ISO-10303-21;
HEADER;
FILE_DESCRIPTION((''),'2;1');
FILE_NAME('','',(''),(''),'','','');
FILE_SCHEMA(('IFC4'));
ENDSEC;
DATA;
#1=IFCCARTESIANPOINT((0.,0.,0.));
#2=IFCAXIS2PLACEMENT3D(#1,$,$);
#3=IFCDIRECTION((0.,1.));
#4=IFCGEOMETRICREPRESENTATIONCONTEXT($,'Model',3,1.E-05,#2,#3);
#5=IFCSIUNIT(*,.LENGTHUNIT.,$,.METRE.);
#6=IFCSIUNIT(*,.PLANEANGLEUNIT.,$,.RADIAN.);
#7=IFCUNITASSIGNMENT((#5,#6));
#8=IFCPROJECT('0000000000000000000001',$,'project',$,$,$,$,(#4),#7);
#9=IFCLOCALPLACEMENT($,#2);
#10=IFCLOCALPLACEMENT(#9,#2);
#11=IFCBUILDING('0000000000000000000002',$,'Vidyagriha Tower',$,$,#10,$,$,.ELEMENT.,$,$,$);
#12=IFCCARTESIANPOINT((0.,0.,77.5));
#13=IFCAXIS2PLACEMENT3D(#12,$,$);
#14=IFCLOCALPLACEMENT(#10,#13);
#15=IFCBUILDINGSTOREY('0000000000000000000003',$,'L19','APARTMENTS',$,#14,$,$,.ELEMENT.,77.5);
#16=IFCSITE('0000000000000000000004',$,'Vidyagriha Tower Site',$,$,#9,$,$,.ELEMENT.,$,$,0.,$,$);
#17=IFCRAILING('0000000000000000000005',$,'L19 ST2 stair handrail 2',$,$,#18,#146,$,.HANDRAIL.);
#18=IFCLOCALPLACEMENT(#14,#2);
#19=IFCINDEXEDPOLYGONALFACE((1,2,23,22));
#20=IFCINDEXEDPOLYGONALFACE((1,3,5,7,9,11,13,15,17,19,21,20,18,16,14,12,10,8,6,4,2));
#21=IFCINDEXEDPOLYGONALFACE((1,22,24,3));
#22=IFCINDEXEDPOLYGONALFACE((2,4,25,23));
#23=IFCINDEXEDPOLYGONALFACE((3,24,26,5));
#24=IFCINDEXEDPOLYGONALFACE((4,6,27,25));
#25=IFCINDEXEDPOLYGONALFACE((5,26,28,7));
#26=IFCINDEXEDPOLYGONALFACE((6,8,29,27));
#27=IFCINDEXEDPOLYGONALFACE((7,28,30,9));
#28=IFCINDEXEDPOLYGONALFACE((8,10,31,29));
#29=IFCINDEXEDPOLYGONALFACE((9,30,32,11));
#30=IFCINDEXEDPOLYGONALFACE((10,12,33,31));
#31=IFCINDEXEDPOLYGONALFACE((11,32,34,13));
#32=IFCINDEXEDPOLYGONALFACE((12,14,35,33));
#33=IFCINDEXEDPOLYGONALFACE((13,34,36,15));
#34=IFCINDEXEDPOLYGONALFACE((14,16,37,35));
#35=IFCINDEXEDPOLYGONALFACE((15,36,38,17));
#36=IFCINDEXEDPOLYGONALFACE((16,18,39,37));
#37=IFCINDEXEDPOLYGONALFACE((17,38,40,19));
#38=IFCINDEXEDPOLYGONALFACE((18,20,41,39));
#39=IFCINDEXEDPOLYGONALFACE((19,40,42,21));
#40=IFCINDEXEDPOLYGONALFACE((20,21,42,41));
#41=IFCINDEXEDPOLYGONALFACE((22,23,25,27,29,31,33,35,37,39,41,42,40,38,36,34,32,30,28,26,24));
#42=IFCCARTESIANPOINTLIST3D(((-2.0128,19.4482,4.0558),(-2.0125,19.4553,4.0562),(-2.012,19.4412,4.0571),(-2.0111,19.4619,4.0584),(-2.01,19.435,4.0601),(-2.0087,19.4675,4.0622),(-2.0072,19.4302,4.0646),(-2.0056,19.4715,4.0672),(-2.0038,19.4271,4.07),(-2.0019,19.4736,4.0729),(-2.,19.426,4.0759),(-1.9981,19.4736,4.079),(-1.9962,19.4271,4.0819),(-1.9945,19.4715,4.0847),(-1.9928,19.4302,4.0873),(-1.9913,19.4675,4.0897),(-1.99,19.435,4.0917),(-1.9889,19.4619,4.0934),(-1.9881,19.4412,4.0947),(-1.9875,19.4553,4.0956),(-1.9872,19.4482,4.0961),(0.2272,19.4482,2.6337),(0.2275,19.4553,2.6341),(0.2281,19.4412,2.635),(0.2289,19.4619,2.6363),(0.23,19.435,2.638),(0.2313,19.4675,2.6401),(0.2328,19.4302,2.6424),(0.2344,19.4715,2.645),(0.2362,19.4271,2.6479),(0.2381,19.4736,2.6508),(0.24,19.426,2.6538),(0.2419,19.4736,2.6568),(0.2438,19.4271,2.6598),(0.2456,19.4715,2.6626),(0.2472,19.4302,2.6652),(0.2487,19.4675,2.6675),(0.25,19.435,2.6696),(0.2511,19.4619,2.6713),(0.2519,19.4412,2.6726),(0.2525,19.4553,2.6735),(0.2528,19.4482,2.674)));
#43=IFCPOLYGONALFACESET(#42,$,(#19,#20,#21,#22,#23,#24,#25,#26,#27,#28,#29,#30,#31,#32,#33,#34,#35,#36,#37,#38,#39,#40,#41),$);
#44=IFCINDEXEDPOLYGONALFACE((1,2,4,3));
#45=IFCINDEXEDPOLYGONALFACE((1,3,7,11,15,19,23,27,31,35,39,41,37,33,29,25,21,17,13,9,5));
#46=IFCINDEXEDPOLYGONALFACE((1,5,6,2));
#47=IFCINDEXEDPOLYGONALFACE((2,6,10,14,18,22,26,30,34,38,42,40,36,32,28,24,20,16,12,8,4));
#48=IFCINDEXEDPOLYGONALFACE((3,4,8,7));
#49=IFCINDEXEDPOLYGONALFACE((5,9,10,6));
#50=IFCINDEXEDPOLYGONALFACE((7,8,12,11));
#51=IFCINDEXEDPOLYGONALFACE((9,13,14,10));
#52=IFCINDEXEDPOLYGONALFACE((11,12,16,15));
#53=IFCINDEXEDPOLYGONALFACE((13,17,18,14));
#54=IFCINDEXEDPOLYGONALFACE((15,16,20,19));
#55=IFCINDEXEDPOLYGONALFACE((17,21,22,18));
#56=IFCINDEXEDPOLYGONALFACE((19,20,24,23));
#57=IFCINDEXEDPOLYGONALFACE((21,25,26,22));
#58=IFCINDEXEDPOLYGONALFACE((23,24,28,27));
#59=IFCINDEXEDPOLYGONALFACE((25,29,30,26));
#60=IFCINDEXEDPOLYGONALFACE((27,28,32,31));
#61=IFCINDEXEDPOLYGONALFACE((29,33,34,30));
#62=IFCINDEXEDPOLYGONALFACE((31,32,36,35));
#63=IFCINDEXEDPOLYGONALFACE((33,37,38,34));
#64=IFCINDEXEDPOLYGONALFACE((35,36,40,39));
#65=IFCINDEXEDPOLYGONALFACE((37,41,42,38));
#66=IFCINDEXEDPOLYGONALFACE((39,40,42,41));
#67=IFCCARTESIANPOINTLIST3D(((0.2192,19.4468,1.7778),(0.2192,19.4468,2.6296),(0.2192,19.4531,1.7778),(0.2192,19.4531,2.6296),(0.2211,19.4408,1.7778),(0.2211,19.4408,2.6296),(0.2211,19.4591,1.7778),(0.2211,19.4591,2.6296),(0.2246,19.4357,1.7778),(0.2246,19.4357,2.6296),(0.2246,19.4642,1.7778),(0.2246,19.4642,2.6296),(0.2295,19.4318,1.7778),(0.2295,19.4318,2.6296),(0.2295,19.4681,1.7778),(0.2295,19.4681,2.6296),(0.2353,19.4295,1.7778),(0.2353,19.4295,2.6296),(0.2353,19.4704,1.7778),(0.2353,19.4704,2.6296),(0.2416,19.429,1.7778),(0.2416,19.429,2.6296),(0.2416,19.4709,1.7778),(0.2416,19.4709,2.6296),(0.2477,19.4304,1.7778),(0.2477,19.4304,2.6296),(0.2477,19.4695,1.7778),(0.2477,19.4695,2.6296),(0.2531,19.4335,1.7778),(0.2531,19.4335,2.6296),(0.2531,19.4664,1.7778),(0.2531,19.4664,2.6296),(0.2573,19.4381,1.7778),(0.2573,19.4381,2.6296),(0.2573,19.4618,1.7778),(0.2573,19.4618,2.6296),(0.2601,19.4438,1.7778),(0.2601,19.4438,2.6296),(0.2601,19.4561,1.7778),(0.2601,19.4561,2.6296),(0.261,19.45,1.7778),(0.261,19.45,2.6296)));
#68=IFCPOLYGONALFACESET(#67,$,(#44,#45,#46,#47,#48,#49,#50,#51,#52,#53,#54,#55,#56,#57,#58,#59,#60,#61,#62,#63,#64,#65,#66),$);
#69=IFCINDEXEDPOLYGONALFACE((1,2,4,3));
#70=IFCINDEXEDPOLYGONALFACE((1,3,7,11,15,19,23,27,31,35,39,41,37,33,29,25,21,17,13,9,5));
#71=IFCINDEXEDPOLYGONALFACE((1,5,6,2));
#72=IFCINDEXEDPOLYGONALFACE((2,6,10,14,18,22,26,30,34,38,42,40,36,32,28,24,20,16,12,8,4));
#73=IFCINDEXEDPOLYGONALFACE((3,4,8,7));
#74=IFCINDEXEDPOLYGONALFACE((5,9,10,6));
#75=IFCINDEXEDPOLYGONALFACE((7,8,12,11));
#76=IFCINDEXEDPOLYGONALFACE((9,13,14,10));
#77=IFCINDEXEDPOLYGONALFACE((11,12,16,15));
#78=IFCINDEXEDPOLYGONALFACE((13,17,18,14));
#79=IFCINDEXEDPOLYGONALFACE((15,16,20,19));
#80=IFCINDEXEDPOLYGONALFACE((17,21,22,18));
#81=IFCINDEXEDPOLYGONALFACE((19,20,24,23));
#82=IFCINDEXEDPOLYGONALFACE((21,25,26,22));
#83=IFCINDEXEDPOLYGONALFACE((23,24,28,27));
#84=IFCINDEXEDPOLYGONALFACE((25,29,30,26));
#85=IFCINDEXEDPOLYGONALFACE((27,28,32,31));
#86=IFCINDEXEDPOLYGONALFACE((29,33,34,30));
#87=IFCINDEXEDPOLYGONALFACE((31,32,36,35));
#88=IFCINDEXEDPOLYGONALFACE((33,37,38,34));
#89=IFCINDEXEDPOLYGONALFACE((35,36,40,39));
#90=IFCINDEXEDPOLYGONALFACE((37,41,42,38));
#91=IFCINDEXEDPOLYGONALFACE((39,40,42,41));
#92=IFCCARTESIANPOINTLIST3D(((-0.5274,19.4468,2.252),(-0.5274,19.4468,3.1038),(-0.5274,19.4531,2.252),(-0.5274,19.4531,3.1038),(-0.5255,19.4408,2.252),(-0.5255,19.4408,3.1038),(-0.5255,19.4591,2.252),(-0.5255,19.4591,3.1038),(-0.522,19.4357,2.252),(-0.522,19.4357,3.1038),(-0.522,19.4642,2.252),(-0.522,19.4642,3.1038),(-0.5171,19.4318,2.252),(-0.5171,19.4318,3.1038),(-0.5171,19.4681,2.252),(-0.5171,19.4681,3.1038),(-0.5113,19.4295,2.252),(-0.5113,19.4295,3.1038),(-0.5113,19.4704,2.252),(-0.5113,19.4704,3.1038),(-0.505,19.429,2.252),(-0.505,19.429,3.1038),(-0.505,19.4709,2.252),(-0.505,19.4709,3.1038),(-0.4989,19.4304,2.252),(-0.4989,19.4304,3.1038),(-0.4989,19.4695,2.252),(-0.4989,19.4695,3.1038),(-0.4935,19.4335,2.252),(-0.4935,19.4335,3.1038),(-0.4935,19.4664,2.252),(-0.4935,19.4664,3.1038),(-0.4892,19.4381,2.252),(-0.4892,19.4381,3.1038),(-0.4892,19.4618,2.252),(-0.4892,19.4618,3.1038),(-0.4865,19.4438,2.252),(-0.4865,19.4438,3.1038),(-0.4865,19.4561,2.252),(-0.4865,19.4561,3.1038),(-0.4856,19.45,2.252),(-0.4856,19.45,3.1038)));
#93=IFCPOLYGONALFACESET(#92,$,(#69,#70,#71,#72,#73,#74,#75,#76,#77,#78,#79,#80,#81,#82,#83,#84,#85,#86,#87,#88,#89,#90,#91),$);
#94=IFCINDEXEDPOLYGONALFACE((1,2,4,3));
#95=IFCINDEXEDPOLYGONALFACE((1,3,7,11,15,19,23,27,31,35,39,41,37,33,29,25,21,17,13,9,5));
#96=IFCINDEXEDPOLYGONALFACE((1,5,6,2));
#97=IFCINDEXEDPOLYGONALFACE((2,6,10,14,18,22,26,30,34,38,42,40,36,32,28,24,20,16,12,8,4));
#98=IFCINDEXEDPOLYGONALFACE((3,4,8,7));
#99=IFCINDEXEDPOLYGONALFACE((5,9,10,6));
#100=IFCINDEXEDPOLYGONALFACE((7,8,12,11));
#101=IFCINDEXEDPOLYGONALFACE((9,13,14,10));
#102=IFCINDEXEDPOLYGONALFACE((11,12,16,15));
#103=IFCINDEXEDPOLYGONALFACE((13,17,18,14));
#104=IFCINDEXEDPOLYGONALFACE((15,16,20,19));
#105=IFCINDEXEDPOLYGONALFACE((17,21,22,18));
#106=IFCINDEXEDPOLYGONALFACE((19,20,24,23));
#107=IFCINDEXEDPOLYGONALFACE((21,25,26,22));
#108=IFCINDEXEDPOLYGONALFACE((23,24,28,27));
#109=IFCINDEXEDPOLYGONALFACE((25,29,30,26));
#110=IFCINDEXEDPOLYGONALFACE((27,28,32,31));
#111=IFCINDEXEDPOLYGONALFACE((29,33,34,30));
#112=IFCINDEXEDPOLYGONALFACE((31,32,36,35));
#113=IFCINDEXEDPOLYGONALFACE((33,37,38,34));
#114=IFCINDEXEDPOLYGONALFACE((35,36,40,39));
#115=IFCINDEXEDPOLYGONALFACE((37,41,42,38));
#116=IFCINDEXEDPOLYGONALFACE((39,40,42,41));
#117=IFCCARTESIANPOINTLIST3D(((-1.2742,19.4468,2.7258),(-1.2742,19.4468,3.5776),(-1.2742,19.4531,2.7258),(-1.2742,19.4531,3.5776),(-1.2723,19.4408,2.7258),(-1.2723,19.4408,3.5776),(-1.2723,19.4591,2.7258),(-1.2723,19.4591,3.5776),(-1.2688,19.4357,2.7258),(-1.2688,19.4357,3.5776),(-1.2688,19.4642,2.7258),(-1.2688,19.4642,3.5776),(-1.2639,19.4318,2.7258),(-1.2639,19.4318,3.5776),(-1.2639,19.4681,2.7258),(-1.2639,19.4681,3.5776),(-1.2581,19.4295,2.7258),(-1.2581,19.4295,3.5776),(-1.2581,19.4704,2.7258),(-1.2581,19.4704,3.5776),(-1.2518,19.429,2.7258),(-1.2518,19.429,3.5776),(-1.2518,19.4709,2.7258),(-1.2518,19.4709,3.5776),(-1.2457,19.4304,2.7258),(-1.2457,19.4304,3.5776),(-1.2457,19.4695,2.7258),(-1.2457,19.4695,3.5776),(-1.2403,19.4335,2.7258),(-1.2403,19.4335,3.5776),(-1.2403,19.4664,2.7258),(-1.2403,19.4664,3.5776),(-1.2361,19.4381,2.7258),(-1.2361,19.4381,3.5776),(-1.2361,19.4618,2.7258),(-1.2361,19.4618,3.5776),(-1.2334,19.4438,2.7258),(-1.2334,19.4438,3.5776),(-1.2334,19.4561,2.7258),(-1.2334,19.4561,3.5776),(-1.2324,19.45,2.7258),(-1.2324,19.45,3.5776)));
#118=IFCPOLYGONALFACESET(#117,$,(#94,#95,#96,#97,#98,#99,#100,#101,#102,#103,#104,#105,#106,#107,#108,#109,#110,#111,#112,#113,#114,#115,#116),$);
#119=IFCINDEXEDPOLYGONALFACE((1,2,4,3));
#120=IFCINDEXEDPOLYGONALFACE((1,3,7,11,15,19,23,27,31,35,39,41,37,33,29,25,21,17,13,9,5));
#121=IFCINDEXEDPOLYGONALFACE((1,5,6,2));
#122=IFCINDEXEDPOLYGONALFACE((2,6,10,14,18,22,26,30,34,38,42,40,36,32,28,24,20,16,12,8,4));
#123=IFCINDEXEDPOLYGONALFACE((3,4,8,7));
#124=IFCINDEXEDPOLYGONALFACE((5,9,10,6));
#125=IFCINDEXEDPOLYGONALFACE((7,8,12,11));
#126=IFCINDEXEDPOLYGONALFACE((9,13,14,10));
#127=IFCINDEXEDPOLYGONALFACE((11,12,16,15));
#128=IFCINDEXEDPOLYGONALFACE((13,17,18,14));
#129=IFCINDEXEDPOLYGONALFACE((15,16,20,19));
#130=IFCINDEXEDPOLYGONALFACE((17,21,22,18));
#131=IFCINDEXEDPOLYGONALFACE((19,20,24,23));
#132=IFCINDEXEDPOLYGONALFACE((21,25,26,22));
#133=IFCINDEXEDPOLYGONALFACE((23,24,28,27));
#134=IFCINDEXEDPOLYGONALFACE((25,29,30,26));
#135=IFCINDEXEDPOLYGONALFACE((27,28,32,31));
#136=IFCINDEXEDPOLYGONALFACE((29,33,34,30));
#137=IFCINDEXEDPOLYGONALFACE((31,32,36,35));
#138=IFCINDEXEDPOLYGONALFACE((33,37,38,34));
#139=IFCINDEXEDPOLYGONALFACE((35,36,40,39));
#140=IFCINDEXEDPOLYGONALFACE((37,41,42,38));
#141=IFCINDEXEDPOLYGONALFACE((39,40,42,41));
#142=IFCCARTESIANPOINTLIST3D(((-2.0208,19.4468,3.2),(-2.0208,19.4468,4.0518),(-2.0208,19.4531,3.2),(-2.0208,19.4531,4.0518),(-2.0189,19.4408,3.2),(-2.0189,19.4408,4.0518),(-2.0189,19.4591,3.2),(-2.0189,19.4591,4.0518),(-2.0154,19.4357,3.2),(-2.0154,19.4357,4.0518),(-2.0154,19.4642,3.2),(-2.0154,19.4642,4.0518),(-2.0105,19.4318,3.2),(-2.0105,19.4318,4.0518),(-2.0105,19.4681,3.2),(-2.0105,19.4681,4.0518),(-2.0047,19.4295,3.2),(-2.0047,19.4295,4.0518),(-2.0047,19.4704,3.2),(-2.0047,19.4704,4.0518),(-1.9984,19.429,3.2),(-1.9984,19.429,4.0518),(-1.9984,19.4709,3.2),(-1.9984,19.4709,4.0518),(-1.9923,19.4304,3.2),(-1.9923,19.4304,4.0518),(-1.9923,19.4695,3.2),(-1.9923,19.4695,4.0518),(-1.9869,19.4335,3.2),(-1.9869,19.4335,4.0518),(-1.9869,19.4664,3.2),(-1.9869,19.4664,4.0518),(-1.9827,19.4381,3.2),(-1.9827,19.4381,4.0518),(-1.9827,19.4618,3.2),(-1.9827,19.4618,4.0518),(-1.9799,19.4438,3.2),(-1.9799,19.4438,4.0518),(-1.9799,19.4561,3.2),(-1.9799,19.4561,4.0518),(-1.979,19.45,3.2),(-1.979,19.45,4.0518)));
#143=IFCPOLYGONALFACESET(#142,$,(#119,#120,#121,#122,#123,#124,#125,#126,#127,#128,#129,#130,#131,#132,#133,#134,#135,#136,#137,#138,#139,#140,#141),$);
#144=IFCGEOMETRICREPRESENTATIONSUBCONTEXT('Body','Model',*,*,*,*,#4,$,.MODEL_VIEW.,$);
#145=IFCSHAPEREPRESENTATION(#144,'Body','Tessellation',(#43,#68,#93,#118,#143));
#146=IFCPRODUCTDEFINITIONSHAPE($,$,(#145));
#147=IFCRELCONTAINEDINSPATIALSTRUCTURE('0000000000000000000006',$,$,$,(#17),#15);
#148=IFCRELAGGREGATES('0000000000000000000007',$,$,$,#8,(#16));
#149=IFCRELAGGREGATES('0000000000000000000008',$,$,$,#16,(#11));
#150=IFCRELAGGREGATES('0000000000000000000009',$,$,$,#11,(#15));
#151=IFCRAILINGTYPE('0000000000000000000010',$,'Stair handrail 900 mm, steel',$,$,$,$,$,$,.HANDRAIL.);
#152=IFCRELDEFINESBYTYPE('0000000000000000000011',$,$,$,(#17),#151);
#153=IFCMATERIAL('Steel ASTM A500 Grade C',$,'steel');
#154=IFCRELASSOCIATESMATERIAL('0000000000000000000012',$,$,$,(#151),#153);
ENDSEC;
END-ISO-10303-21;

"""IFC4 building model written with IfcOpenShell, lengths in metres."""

from ifc_helpers import new_model, si_unit, direction, frame, origin, origin_2d, place, context, subcontext, project, spatial, circle, extrude, material, type_object, element, save


model = new_model("IFC4")

# Units and contexts
model_context = context("Model", 3, precision=1e-05, world=origin(), true_north=direction((0.0, 1.0)))
body_context = subcontext(model_context, "Body", "Model", "MODEL_VIEW")
ifc_project = project(units=[si_unit("LENGTHUNIT", "METRE"), si_unit("PLANEANGLEUNIT", "RADIAN")], contexts=[model_context])

# Site, building, storey
site_placement = place(None, origin())
site = spatial("IfcSite", under=ifc_project, at=site_placement, Name="Vidyagriha Tower Site", CompositionType="ELEMENT", RefElevation=0.0)
building_placement = place(site_placement, origin())
building = spatial("IfcBuilding", under=site, at=building_placement, Name="Vidyagriha Tower", CompositionType="ELEMENT")
storey_placement = place(building_placement, frame((0.0, 0.0, 77.5)))
storey = spatial("IfcBuildingStorey", under=building, at=storey_placement, Name="L19", Description="APARTMENTS", CompositionType="ELEMENT", Elevation=77.5)

# Railing
ifc_material_1 = material(Name="Steel ASTM A500 Grade C", Category="steel")
railing_type_1 = type_object("IfcRailingType", Name="Stair handrail 900 mm, steel", PredefinedType="HANDRAIL", material=ifc_material_1)
railing_1_placement = place(storey_placement, frame((0.24, 19.45, 1.7778)))
element("IfcRailing", 1, at=railing_1_placement, inside=storey, type_object=railing_type_1, Name="L19 ST2 stair handrail 2", PredefinedType="HANDRAIL", context=body_context, shape_type="SweptSolid", body=[
    extrude(circle(Radius=0.0239, at=origin_2d()), frame((0.0, 0.0, 0.876), z_axis=(-0.844229, 0.0, 0.535982), x_axis=(0.0, -1.0, 0.0)), (0.0, 0.0, 1.0), 2.6533),
    extrude(circle(Radius=0.021, at=origin_2d()), origin(), (0.0, 0.0, 1.0), 0.8518),
    extrude(circle(Radius=0.021, at=origin_2d()), frame((-0.7466, 0.0, 0.4741)), (0.0, 0.0, 1.0), 0.8518),
    extrude(circle(Radius=0.021, at=origin_2d()), frame((-1.4934, 0.0, 0.948)), (0.0, 0.0, 1.0), 0.8518),
    extrude(circle(Radius=0.021, at=origin_2d()), frame((-2.24, 0.0, 1.4221)), (0.0, 0.0, 1.0), 0.8518),
])

save(model, "model.ifc")
